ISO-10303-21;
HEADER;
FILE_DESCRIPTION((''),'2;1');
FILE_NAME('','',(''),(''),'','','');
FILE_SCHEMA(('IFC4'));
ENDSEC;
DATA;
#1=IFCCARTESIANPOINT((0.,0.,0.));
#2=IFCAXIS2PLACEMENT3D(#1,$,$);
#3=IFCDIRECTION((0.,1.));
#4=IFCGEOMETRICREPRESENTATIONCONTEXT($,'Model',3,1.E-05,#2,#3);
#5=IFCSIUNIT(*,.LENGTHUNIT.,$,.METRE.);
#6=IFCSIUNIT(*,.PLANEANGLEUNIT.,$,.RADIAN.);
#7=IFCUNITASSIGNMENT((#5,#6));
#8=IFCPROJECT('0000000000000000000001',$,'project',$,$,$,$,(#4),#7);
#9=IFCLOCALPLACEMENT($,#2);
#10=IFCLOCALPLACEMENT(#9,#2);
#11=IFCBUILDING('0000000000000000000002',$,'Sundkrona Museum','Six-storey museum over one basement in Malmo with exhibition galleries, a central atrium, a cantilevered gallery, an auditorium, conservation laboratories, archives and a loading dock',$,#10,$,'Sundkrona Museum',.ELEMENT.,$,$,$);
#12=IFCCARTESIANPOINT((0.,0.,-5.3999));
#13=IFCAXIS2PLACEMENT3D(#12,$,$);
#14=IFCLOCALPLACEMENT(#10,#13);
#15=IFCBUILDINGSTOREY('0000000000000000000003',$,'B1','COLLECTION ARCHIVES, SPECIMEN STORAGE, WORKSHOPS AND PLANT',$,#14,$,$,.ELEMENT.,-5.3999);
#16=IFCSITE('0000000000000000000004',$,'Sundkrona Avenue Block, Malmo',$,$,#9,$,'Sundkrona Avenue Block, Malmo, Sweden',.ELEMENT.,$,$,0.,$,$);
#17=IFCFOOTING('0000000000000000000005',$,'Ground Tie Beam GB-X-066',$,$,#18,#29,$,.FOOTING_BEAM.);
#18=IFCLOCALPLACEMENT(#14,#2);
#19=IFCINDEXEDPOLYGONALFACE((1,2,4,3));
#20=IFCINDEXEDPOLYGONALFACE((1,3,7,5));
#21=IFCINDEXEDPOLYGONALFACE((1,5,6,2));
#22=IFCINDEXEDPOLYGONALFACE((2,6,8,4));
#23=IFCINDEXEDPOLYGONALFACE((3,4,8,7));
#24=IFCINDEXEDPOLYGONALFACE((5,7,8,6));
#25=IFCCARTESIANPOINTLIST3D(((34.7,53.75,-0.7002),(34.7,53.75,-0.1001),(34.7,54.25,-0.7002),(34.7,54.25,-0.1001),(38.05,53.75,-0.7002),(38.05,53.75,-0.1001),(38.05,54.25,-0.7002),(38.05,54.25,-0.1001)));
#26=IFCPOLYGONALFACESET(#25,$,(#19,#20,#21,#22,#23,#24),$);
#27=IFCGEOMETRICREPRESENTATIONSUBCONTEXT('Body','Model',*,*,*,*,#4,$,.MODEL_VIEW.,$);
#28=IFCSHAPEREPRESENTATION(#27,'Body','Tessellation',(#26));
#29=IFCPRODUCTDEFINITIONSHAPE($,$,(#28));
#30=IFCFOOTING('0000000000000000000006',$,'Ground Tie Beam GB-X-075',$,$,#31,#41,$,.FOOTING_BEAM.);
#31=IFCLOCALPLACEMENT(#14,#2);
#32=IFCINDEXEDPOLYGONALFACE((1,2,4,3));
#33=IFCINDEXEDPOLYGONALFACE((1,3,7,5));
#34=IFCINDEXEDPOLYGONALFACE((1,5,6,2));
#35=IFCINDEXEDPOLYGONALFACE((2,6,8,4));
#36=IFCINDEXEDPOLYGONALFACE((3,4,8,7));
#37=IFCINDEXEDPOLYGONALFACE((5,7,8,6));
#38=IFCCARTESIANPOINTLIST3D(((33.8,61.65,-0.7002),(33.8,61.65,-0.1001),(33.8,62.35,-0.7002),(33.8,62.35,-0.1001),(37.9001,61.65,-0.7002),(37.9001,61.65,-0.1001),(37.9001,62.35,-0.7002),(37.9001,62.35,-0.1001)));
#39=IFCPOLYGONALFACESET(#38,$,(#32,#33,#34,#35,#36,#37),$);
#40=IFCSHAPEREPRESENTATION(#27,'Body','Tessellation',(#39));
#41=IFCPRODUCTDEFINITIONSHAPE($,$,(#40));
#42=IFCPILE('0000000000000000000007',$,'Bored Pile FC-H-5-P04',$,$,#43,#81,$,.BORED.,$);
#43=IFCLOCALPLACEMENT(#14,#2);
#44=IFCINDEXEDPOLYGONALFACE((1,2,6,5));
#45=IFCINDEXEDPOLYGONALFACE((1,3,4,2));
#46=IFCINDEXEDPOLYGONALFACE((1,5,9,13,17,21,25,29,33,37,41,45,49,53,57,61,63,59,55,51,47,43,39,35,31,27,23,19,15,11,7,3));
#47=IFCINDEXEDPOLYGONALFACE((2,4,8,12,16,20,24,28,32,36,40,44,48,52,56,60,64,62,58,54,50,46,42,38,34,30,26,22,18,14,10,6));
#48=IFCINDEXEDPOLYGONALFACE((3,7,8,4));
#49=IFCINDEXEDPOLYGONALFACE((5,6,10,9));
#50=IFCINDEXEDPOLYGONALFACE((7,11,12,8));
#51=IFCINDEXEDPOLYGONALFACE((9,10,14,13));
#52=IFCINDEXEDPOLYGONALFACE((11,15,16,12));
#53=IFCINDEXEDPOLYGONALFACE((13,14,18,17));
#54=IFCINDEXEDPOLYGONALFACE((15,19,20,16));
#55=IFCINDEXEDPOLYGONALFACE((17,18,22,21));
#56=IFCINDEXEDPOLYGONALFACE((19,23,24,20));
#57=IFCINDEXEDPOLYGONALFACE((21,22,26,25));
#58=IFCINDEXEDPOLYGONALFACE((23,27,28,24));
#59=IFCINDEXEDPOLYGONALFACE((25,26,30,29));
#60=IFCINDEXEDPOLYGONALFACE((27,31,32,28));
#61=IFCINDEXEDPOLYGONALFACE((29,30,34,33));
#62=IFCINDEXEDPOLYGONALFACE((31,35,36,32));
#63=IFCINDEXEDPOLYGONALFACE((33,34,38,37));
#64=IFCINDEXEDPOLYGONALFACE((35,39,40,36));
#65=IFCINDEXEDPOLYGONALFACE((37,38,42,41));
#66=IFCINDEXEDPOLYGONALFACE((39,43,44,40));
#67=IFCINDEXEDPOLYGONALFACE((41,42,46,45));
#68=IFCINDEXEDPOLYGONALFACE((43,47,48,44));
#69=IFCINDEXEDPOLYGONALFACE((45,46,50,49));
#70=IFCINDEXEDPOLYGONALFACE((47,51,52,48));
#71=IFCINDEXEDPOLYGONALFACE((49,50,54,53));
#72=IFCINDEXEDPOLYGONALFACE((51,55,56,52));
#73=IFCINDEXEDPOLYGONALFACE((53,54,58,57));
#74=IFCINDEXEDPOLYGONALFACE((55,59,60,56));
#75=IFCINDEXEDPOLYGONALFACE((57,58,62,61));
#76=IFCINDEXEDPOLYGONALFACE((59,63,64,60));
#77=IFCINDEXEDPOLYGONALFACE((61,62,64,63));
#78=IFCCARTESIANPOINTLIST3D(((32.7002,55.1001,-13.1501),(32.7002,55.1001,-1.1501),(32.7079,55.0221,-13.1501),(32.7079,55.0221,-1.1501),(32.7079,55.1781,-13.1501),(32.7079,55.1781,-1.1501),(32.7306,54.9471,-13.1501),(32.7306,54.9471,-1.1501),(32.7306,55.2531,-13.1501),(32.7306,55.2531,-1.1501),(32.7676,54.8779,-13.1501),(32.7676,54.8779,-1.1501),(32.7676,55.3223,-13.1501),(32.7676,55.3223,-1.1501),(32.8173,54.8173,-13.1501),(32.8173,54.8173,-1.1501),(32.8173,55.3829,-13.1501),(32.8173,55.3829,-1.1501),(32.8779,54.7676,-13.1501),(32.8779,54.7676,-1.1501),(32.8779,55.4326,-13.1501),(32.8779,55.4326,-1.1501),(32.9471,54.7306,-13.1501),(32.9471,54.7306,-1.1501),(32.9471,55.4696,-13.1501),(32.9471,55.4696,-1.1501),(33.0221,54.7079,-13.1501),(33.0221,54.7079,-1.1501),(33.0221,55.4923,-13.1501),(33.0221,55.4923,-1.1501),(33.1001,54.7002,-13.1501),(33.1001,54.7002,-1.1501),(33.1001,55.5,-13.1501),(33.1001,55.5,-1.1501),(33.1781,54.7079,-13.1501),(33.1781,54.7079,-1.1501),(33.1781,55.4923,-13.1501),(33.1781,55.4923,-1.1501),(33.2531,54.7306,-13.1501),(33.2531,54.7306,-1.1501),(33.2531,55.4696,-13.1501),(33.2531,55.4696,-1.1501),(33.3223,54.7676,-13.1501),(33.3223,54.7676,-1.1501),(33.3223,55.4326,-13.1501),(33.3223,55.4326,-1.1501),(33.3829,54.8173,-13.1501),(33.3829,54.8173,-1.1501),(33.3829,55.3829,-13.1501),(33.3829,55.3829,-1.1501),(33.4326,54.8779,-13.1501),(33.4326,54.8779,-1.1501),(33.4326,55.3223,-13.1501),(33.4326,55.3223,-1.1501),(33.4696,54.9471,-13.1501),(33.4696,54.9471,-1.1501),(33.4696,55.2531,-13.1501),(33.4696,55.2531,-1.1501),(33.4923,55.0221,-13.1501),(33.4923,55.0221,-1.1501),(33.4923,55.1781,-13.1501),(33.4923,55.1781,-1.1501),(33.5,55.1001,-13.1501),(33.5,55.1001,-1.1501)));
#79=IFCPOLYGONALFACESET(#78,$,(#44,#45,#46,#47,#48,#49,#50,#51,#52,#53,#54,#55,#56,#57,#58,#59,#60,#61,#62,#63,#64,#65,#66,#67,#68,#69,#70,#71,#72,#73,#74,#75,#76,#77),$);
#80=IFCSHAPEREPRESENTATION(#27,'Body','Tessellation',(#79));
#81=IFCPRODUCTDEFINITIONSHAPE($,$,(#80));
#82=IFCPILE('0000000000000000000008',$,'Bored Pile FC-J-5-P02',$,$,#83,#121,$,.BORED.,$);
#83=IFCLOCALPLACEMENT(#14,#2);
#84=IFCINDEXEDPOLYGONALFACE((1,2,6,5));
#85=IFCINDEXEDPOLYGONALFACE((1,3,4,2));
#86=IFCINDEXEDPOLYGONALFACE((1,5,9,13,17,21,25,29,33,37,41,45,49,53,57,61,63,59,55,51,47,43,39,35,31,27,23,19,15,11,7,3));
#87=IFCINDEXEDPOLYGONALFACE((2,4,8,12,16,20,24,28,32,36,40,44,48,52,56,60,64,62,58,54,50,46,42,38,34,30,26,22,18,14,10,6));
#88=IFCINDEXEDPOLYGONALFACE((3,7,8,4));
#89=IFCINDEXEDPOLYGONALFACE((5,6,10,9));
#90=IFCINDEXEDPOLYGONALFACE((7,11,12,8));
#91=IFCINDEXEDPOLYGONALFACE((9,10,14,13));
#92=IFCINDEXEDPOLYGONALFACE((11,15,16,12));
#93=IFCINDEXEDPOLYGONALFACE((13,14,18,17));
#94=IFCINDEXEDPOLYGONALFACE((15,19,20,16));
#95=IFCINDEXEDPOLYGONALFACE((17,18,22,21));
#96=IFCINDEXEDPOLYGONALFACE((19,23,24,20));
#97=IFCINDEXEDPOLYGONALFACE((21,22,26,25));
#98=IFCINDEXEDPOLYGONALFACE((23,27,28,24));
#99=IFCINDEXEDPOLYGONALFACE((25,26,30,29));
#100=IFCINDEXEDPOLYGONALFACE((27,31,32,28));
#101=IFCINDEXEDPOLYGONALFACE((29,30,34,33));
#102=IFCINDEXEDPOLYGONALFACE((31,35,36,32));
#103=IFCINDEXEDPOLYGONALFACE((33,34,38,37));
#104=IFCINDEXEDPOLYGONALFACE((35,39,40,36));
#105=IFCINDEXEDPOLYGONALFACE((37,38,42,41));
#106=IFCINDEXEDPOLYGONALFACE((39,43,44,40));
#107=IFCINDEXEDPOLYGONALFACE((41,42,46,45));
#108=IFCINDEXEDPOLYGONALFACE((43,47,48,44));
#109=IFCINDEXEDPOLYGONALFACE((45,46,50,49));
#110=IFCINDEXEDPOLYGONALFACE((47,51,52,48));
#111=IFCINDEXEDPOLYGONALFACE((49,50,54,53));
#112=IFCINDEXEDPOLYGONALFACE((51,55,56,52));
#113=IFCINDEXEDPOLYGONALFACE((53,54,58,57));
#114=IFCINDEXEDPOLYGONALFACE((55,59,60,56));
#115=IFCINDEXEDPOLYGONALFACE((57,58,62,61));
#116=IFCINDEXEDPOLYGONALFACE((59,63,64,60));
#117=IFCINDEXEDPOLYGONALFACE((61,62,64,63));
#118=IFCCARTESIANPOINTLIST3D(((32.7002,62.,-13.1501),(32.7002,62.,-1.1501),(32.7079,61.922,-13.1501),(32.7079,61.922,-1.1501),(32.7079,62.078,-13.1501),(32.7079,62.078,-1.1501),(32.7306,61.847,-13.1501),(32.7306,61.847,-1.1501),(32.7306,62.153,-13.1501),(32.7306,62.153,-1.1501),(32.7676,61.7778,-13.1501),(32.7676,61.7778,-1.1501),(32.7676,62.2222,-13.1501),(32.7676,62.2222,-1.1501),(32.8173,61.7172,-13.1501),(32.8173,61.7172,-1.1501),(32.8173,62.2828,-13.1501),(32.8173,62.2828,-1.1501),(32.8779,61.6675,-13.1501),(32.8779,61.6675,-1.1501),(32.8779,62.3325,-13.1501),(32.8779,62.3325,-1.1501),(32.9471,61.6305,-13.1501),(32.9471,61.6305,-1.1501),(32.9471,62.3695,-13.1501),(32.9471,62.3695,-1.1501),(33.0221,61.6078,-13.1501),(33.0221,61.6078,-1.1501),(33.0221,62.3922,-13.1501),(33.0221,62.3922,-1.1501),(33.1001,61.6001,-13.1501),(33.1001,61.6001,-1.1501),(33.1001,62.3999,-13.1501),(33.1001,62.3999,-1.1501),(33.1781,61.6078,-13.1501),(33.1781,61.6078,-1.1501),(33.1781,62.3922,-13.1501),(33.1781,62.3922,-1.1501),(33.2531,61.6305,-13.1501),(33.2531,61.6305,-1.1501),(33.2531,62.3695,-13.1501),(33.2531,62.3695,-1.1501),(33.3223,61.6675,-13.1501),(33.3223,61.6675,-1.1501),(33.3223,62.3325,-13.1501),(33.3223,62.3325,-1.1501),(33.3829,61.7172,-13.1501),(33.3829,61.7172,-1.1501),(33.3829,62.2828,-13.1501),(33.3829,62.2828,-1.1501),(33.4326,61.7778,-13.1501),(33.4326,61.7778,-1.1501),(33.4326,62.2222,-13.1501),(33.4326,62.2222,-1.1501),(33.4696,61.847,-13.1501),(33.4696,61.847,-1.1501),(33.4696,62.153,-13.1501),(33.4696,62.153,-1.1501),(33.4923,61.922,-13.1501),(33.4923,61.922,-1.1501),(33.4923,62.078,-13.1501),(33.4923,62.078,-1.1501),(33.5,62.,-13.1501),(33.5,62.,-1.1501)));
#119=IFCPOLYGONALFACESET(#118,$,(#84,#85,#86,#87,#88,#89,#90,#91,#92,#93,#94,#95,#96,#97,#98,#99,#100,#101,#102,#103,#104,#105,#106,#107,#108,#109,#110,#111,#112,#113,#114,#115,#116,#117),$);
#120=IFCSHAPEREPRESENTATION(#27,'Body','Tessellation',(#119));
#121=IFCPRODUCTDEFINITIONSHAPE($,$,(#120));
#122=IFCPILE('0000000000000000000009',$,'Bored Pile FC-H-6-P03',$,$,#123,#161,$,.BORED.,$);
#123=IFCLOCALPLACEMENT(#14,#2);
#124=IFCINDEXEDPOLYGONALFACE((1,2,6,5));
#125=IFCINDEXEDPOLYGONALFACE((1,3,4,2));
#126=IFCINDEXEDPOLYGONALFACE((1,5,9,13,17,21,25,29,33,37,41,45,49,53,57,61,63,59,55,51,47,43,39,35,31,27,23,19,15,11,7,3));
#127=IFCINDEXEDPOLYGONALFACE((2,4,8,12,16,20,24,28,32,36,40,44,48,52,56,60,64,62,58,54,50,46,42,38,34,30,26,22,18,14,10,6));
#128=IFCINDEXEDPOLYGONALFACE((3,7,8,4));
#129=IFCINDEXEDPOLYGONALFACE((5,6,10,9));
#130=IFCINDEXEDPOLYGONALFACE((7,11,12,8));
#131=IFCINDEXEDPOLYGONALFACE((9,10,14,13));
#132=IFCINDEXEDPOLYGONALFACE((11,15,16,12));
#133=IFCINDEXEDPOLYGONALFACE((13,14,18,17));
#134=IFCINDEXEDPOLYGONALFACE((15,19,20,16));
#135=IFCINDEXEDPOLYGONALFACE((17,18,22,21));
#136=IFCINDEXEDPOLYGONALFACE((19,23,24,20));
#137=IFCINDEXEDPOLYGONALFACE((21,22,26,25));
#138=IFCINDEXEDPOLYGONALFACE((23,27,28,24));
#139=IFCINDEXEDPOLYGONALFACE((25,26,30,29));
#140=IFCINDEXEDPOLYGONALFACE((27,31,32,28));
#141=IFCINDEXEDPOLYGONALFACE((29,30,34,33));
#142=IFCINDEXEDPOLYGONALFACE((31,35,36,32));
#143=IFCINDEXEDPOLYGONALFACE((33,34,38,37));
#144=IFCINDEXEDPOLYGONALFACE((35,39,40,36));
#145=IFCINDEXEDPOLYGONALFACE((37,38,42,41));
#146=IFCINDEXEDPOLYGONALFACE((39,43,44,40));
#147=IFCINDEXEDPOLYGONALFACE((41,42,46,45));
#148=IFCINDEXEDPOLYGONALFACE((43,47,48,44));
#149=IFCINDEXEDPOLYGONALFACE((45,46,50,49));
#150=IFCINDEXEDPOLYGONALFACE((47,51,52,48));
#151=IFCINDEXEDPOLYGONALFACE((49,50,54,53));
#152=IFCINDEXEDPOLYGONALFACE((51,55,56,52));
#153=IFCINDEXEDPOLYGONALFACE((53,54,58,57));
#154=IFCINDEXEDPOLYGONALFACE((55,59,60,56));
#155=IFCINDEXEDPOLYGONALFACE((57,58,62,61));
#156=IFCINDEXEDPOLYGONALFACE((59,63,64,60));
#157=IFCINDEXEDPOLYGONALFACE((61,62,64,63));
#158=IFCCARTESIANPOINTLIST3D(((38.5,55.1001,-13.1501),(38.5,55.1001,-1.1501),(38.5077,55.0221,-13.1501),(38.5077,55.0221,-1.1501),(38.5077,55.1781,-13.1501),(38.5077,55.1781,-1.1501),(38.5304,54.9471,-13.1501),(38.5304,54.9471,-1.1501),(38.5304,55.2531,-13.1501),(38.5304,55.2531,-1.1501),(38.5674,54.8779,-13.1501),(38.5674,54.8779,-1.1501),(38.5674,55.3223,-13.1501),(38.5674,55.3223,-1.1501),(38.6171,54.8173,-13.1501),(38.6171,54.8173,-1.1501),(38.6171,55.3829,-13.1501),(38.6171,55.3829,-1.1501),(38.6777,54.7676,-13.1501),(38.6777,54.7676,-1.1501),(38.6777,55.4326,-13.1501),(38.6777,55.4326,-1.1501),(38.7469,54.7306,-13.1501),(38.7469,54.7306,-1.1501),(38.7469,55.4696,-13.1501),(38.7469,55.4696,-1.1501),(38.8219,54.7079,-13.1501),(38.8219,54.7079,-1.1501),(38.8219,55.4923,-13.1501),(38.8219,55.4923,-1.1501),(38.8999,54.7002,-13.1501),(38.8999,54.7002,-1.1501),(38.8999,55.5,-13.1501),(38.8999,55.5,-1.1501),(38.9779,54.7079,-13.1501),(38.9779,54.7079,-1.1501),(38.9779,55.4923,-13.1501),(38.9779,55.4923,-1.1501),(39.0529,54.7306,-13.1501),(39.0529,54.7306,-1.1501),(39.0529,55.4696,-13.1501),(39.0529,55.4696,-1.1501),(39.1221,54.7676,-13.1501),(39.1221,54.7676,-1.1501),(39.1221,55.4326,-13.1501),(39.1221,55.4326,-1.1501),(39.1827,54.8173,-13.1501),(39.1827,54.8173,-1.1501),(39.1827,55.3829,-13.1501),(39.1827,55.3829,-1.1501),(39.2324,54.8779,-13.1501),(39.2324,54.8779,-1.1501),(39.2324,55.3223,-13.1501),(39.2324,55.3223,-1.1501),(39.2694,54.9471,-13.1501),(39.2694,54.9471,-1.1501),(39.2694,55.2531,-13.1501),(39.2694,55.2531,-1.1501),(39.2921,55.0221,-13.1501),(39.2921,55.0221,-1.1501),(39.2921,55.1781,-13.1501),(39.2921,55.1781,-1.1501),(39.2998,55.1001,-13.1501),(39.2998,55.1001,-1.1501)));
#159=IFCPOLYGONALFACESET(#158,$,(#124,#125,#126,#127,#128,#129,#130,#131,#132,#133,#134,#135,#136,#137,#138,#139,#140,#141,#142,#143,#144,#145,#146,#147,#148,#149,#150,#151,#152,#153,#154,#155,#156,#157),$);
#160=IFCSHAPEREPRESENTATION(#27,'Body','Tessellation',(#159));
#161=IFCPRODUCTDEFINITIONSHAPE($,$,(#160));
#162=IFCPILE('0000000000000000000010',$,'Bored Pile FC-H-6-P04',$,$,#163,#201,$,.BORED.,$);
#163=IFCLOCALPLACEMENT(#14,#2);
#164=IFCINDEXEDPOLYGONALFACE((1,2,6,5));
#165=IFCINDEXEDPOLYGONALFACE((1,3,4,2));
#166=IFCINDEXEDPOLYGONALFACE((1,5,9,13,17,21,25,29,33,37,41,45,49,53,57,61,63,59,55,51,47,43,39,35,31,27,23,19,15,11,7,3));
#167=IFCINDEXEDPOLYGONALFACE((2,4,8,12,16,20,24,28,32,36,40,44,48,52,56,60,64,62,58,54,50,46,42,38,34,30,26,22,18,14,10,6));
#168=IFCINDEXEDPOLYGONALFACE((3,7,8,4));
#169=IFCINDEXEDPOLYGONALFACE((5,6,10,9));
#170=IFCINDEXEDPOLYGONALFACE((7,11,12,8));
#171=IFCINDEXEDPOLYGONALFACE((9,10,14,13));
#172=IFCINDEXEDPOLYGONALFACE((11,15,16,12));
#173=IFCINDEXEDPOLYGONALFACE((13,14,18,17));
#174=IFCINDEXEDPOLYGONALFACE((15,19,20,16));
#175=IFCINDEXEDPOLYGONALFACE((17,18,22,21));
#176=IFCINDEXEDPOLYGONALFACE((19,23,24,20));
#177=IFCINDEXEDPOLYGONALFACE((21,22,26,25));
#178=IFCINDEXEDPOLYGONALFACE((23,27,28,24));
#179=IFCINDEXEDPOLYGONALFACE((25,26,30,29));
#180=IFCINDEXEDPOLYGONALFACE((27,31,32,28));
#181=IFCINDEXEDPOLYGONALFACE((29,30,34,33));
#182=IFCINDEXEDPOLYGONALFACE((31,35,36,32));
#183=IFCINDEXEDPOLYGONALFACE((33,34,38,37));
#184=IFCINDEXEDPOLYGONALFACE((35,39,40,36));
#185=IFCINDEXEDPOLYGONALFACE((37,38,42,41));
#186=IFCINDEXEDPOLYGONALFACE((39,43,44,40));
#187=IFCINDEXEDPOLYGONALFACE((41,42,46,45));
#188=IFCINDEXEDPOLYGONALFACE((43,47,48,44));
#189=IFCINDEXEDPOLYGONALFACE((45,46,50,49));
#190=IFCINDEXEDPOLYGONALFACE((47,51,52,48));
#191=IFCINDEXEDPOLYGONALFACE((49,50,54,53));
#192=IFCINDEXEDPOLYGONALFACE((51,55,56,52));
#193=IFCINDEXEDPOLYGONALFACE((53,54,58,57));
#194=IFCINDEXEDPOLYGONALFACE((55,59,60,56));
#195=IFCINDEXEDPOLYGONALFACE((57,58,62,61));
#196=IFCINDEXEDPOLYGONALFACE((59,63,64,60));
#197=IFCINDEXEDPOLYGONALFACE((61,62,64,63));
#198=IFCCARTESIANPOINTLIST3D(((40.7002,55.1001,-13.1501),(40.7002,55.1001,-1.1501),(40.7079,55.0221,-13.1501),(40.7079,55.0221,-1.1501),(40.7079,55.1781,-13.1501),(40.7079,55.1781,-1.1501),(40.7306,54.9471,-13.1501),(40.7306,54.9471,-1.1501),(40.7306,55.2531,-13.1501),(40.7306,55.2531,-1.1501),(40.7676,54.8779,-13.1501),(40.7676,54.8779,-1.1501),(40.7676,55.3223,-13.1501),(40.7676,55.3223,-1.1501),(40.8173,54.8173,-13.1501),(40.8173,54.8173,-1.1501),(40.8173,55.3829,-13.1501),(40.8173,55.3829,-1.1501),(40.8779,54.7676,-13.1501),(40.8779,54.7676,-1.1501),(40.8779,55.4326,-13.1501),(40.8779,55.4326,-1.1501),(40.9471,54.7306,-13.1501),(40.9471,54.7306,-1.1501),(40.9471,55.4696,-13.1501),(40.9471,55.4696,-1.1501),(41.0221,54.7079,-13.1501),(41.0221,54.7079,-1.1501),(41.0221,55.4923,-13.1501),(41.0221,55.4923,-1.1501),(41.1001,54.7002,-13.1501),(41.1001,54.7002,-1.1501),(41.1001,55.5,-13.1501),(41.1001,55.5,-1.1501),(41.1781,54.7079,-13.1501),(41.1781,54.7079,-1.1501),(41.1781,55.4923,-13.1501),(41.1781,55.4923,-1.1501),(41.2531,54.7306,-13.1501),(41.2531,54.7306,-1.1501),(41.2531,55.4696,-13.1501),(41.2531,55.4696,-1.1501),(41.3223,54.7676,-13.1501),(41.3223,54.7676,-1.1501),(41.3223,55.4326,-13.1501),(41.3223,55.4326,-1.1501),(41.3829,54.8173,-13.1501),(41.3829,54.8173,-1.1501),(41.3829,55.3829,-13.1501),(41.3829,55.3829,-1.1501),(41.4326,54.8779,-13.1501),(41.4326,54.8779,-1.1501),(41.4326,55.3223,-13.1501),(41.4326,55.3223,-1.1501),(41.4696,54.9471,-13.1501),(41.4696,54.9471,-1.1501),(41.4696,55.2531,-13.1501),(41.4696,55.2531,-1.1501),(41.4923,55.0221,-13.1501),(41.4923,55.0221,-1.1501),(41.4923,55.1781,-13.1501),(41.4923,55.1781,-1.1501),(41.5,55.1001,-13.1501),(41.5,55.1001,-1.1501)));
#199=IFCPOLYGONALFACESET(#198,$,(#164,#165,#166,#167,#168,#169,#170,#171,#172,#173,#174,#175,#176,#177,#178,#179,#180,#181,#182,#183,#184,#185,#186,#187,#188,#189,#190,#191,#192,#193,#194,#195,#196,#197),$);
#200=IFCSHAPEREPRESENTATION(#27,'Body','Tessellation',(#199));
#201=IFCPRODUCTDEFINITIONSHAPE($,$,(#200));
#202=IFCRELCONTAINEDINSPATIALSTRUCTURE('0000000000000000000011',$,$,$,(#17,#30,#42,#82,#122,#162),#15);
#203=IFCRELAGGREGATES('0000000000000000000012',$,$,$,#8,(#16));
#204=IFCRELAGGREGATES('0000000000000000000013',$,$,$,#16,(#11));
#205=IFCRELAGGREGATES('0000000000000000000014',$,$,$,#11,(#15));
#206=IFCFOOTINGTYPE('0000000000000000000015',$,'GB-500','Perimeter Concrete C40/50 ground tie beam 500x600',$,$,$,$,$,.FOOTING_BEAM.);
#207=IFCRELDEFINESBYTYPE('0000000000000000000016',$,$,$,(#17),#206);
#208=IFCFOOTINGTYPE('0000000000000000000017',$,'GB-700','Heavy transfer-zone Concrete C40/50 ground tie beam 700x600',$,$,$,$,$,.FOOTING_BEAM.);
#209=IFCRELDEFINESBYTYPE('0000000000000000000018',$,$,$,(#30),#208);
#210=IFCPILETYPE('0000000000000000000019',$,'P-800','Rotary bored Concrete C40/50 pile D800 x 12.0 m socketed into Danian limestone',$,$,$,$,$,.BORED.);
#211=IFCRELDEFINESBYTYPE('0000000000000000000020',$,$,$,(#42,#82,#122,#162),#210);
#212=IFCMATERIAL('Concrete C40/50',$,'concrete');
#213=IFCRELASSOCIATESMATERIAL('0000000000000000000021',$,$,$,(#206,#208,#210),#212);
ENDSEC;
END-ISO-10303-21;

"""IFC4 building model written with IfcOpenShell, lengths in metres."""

from ifc_helpers import new_model, si_unit, direction, frame, origin, origin_2d, place, context, subcontext, project, spatial, rectangle, circle, extrude, material, material_profile, profile_set, type_object, element, save


model = new_model("IFC4")

# Units and contexts
model_context = context("Model", 3, precision=1e-05, world=origin(), true_north=direction((0.0, 1.0)))
body_context = subcontext(model_context, "Body", "Model", "MODEL_VIEW")
ifc_project = project(units=[si_unit("LENGTHUNIT", "METRE"), si_unit("PLANEANGLEUNIT", "RADIAN")], contexts=[model_context])

# Site, building, storey
site_placement = place(None, origin())
site = spatial("IfcSite", under=ifc_project, at=site_placement, Name="Sundkrona Avenue Block, Malmo", LongName="Sundkrona Avenue Block, Malmo, Sweden", CompositionType="ELEMENT", RefElevation=0.0)
building_placement = place(site_placement, origin())
building = spatial("IfcBuilding", under=site, at=building_placement, Name="Sundkrona Museum", Description="Six-storey museum over one basement in Malmo with exhibition galleries, a central atrium, a cantilevered gallery, an auditorium, conservation laboratories, archives and a loading dock", LongName="Sundkrona Museum", CompositionType="ELEMENT")
storey_placement = place(building_placement, frame((0.0, 0.0, -5.3999)))
storey = spatial("IfcBuildingStorey", under=building, at=storey_placement, Name="B1", Description="COLLECTION ARCHIVES, SPECIMEN STORAGE, WORKSHOPS AND PLANT", CompositionType="ELEMENT", Elevation=-5.3999)

# Footings
ifc_material_1 = material(Name="Concrete C40/50", Category="concrete")
footing_type_1 = type_object("IfcFootingType", Name="GB-500", Description="Perimeter Concrete C40/50 ground tie beam 500x600", PredefinedType="FOOTING_BEAM", material=ifc_material_1)
footing_1_placement = place(storey_placement, frame((36.375, 54.0, -0.7002), z_axis=(0.0, 0.0, 1.0), x_axis=(1.0, 0.0, 0.0)))
element("IfcFooting", 1, at=footing_1_placement, inside=storey, type_object=footing_type_1, Name="Ground Tie Beam GB-X-066", PredefinedType="FOOTING_BEAM", context=body_context, shape_type="SweptSolid", body=[
    extrude(rectangle(XDim=3.3501, YDim=0.5, at=origin_2d()), origin(), (0.0, 0.0, 1.0), 0.6001),
])
footing_type_2 = type_object("IfcFootingType", Name="GB-700", Description="Heavy transfer-zone Concrete C40/50 ground tie beam 700x600", PredefinedType="FOOTING_BEAM", material=ifc_material_1)
footing_2_placement = place(storey_placement, frame((35.8501, 62.0, -0.7002), z_axis=(0.0, 0.0, 1.0), x_axis=(1.0, 0.0, 0.0)))
element("IfcFooting", 2, at=footing_2_placement, inside=storey, type_object=footing_type_2, Name="Ground Tie Beam GB-X-075", PredefinedType="FOOTING_BEAM", context=body_context, shape_type="SweptSolid", body=[
    extrude(rectangle(XDim=4.1001, YDim=0.7, at=origin_2d()), origin(), (0.0, 0.0, 1.0), 0.6001),
])

# Piles
ifc_material_profile_1 = material_profile(ifc_material_1, circle(Radius=0.3999, at=origin_2d()), Name="PILE D800")
ifc_profile_set_1 = profile_set([ifc_material_profile_1], Name="Concrete C40/50")
pile_type = type_object("IfcPileType", Name="P-800", Description="Rotary bored Concrete C40/50 pile D800 x 12.0 m socketed into Danian limestone", PredefinedType="BORED", material=ifc_profile_set_1)
for number, where, z_axis, x_axis, name in (
    (3, (33.1001, 55.1001, -1.1501), (0.0, 0.0, -1.0), (1.0, 0.0, 0.0), "Bored Pile FC-H-5-P04"),
    (4, (33.1001, 62.0, -1.1501), (0.0, 0.0, -1.0), (1.0, 0.0, 0.0), "Bored Pile FC-J-5-P02"),
    (5, (38.8999, 55.1001, -1.1501), (0.0, 0.0, -1.0), (1.0, 0.0, 0.0), "Bored Pile FC-H-6-P03"),
    (6, (41.1001, 55.1001, -1.1501), (0.0, 0.0, -1.0), (1.0, 0.0, 0.0), "Bored Pile FC-H-6-P04"),
):
    element("IfcPile", number, at=place(storey_placement, frame(where, z_axis=z_axis, x_axis=x_axis)), inside=storey, type_object=pile_type, Name=name, PredefinedType="BORED", context=body_context, shape_type="SweptSolid", body=[
        extrude(circle(Radius=0.3999, at=origin_2d()), origin(), (0.0, 0.0, 1.0), 12.0),
    ])

save(model, "model.ifc")
